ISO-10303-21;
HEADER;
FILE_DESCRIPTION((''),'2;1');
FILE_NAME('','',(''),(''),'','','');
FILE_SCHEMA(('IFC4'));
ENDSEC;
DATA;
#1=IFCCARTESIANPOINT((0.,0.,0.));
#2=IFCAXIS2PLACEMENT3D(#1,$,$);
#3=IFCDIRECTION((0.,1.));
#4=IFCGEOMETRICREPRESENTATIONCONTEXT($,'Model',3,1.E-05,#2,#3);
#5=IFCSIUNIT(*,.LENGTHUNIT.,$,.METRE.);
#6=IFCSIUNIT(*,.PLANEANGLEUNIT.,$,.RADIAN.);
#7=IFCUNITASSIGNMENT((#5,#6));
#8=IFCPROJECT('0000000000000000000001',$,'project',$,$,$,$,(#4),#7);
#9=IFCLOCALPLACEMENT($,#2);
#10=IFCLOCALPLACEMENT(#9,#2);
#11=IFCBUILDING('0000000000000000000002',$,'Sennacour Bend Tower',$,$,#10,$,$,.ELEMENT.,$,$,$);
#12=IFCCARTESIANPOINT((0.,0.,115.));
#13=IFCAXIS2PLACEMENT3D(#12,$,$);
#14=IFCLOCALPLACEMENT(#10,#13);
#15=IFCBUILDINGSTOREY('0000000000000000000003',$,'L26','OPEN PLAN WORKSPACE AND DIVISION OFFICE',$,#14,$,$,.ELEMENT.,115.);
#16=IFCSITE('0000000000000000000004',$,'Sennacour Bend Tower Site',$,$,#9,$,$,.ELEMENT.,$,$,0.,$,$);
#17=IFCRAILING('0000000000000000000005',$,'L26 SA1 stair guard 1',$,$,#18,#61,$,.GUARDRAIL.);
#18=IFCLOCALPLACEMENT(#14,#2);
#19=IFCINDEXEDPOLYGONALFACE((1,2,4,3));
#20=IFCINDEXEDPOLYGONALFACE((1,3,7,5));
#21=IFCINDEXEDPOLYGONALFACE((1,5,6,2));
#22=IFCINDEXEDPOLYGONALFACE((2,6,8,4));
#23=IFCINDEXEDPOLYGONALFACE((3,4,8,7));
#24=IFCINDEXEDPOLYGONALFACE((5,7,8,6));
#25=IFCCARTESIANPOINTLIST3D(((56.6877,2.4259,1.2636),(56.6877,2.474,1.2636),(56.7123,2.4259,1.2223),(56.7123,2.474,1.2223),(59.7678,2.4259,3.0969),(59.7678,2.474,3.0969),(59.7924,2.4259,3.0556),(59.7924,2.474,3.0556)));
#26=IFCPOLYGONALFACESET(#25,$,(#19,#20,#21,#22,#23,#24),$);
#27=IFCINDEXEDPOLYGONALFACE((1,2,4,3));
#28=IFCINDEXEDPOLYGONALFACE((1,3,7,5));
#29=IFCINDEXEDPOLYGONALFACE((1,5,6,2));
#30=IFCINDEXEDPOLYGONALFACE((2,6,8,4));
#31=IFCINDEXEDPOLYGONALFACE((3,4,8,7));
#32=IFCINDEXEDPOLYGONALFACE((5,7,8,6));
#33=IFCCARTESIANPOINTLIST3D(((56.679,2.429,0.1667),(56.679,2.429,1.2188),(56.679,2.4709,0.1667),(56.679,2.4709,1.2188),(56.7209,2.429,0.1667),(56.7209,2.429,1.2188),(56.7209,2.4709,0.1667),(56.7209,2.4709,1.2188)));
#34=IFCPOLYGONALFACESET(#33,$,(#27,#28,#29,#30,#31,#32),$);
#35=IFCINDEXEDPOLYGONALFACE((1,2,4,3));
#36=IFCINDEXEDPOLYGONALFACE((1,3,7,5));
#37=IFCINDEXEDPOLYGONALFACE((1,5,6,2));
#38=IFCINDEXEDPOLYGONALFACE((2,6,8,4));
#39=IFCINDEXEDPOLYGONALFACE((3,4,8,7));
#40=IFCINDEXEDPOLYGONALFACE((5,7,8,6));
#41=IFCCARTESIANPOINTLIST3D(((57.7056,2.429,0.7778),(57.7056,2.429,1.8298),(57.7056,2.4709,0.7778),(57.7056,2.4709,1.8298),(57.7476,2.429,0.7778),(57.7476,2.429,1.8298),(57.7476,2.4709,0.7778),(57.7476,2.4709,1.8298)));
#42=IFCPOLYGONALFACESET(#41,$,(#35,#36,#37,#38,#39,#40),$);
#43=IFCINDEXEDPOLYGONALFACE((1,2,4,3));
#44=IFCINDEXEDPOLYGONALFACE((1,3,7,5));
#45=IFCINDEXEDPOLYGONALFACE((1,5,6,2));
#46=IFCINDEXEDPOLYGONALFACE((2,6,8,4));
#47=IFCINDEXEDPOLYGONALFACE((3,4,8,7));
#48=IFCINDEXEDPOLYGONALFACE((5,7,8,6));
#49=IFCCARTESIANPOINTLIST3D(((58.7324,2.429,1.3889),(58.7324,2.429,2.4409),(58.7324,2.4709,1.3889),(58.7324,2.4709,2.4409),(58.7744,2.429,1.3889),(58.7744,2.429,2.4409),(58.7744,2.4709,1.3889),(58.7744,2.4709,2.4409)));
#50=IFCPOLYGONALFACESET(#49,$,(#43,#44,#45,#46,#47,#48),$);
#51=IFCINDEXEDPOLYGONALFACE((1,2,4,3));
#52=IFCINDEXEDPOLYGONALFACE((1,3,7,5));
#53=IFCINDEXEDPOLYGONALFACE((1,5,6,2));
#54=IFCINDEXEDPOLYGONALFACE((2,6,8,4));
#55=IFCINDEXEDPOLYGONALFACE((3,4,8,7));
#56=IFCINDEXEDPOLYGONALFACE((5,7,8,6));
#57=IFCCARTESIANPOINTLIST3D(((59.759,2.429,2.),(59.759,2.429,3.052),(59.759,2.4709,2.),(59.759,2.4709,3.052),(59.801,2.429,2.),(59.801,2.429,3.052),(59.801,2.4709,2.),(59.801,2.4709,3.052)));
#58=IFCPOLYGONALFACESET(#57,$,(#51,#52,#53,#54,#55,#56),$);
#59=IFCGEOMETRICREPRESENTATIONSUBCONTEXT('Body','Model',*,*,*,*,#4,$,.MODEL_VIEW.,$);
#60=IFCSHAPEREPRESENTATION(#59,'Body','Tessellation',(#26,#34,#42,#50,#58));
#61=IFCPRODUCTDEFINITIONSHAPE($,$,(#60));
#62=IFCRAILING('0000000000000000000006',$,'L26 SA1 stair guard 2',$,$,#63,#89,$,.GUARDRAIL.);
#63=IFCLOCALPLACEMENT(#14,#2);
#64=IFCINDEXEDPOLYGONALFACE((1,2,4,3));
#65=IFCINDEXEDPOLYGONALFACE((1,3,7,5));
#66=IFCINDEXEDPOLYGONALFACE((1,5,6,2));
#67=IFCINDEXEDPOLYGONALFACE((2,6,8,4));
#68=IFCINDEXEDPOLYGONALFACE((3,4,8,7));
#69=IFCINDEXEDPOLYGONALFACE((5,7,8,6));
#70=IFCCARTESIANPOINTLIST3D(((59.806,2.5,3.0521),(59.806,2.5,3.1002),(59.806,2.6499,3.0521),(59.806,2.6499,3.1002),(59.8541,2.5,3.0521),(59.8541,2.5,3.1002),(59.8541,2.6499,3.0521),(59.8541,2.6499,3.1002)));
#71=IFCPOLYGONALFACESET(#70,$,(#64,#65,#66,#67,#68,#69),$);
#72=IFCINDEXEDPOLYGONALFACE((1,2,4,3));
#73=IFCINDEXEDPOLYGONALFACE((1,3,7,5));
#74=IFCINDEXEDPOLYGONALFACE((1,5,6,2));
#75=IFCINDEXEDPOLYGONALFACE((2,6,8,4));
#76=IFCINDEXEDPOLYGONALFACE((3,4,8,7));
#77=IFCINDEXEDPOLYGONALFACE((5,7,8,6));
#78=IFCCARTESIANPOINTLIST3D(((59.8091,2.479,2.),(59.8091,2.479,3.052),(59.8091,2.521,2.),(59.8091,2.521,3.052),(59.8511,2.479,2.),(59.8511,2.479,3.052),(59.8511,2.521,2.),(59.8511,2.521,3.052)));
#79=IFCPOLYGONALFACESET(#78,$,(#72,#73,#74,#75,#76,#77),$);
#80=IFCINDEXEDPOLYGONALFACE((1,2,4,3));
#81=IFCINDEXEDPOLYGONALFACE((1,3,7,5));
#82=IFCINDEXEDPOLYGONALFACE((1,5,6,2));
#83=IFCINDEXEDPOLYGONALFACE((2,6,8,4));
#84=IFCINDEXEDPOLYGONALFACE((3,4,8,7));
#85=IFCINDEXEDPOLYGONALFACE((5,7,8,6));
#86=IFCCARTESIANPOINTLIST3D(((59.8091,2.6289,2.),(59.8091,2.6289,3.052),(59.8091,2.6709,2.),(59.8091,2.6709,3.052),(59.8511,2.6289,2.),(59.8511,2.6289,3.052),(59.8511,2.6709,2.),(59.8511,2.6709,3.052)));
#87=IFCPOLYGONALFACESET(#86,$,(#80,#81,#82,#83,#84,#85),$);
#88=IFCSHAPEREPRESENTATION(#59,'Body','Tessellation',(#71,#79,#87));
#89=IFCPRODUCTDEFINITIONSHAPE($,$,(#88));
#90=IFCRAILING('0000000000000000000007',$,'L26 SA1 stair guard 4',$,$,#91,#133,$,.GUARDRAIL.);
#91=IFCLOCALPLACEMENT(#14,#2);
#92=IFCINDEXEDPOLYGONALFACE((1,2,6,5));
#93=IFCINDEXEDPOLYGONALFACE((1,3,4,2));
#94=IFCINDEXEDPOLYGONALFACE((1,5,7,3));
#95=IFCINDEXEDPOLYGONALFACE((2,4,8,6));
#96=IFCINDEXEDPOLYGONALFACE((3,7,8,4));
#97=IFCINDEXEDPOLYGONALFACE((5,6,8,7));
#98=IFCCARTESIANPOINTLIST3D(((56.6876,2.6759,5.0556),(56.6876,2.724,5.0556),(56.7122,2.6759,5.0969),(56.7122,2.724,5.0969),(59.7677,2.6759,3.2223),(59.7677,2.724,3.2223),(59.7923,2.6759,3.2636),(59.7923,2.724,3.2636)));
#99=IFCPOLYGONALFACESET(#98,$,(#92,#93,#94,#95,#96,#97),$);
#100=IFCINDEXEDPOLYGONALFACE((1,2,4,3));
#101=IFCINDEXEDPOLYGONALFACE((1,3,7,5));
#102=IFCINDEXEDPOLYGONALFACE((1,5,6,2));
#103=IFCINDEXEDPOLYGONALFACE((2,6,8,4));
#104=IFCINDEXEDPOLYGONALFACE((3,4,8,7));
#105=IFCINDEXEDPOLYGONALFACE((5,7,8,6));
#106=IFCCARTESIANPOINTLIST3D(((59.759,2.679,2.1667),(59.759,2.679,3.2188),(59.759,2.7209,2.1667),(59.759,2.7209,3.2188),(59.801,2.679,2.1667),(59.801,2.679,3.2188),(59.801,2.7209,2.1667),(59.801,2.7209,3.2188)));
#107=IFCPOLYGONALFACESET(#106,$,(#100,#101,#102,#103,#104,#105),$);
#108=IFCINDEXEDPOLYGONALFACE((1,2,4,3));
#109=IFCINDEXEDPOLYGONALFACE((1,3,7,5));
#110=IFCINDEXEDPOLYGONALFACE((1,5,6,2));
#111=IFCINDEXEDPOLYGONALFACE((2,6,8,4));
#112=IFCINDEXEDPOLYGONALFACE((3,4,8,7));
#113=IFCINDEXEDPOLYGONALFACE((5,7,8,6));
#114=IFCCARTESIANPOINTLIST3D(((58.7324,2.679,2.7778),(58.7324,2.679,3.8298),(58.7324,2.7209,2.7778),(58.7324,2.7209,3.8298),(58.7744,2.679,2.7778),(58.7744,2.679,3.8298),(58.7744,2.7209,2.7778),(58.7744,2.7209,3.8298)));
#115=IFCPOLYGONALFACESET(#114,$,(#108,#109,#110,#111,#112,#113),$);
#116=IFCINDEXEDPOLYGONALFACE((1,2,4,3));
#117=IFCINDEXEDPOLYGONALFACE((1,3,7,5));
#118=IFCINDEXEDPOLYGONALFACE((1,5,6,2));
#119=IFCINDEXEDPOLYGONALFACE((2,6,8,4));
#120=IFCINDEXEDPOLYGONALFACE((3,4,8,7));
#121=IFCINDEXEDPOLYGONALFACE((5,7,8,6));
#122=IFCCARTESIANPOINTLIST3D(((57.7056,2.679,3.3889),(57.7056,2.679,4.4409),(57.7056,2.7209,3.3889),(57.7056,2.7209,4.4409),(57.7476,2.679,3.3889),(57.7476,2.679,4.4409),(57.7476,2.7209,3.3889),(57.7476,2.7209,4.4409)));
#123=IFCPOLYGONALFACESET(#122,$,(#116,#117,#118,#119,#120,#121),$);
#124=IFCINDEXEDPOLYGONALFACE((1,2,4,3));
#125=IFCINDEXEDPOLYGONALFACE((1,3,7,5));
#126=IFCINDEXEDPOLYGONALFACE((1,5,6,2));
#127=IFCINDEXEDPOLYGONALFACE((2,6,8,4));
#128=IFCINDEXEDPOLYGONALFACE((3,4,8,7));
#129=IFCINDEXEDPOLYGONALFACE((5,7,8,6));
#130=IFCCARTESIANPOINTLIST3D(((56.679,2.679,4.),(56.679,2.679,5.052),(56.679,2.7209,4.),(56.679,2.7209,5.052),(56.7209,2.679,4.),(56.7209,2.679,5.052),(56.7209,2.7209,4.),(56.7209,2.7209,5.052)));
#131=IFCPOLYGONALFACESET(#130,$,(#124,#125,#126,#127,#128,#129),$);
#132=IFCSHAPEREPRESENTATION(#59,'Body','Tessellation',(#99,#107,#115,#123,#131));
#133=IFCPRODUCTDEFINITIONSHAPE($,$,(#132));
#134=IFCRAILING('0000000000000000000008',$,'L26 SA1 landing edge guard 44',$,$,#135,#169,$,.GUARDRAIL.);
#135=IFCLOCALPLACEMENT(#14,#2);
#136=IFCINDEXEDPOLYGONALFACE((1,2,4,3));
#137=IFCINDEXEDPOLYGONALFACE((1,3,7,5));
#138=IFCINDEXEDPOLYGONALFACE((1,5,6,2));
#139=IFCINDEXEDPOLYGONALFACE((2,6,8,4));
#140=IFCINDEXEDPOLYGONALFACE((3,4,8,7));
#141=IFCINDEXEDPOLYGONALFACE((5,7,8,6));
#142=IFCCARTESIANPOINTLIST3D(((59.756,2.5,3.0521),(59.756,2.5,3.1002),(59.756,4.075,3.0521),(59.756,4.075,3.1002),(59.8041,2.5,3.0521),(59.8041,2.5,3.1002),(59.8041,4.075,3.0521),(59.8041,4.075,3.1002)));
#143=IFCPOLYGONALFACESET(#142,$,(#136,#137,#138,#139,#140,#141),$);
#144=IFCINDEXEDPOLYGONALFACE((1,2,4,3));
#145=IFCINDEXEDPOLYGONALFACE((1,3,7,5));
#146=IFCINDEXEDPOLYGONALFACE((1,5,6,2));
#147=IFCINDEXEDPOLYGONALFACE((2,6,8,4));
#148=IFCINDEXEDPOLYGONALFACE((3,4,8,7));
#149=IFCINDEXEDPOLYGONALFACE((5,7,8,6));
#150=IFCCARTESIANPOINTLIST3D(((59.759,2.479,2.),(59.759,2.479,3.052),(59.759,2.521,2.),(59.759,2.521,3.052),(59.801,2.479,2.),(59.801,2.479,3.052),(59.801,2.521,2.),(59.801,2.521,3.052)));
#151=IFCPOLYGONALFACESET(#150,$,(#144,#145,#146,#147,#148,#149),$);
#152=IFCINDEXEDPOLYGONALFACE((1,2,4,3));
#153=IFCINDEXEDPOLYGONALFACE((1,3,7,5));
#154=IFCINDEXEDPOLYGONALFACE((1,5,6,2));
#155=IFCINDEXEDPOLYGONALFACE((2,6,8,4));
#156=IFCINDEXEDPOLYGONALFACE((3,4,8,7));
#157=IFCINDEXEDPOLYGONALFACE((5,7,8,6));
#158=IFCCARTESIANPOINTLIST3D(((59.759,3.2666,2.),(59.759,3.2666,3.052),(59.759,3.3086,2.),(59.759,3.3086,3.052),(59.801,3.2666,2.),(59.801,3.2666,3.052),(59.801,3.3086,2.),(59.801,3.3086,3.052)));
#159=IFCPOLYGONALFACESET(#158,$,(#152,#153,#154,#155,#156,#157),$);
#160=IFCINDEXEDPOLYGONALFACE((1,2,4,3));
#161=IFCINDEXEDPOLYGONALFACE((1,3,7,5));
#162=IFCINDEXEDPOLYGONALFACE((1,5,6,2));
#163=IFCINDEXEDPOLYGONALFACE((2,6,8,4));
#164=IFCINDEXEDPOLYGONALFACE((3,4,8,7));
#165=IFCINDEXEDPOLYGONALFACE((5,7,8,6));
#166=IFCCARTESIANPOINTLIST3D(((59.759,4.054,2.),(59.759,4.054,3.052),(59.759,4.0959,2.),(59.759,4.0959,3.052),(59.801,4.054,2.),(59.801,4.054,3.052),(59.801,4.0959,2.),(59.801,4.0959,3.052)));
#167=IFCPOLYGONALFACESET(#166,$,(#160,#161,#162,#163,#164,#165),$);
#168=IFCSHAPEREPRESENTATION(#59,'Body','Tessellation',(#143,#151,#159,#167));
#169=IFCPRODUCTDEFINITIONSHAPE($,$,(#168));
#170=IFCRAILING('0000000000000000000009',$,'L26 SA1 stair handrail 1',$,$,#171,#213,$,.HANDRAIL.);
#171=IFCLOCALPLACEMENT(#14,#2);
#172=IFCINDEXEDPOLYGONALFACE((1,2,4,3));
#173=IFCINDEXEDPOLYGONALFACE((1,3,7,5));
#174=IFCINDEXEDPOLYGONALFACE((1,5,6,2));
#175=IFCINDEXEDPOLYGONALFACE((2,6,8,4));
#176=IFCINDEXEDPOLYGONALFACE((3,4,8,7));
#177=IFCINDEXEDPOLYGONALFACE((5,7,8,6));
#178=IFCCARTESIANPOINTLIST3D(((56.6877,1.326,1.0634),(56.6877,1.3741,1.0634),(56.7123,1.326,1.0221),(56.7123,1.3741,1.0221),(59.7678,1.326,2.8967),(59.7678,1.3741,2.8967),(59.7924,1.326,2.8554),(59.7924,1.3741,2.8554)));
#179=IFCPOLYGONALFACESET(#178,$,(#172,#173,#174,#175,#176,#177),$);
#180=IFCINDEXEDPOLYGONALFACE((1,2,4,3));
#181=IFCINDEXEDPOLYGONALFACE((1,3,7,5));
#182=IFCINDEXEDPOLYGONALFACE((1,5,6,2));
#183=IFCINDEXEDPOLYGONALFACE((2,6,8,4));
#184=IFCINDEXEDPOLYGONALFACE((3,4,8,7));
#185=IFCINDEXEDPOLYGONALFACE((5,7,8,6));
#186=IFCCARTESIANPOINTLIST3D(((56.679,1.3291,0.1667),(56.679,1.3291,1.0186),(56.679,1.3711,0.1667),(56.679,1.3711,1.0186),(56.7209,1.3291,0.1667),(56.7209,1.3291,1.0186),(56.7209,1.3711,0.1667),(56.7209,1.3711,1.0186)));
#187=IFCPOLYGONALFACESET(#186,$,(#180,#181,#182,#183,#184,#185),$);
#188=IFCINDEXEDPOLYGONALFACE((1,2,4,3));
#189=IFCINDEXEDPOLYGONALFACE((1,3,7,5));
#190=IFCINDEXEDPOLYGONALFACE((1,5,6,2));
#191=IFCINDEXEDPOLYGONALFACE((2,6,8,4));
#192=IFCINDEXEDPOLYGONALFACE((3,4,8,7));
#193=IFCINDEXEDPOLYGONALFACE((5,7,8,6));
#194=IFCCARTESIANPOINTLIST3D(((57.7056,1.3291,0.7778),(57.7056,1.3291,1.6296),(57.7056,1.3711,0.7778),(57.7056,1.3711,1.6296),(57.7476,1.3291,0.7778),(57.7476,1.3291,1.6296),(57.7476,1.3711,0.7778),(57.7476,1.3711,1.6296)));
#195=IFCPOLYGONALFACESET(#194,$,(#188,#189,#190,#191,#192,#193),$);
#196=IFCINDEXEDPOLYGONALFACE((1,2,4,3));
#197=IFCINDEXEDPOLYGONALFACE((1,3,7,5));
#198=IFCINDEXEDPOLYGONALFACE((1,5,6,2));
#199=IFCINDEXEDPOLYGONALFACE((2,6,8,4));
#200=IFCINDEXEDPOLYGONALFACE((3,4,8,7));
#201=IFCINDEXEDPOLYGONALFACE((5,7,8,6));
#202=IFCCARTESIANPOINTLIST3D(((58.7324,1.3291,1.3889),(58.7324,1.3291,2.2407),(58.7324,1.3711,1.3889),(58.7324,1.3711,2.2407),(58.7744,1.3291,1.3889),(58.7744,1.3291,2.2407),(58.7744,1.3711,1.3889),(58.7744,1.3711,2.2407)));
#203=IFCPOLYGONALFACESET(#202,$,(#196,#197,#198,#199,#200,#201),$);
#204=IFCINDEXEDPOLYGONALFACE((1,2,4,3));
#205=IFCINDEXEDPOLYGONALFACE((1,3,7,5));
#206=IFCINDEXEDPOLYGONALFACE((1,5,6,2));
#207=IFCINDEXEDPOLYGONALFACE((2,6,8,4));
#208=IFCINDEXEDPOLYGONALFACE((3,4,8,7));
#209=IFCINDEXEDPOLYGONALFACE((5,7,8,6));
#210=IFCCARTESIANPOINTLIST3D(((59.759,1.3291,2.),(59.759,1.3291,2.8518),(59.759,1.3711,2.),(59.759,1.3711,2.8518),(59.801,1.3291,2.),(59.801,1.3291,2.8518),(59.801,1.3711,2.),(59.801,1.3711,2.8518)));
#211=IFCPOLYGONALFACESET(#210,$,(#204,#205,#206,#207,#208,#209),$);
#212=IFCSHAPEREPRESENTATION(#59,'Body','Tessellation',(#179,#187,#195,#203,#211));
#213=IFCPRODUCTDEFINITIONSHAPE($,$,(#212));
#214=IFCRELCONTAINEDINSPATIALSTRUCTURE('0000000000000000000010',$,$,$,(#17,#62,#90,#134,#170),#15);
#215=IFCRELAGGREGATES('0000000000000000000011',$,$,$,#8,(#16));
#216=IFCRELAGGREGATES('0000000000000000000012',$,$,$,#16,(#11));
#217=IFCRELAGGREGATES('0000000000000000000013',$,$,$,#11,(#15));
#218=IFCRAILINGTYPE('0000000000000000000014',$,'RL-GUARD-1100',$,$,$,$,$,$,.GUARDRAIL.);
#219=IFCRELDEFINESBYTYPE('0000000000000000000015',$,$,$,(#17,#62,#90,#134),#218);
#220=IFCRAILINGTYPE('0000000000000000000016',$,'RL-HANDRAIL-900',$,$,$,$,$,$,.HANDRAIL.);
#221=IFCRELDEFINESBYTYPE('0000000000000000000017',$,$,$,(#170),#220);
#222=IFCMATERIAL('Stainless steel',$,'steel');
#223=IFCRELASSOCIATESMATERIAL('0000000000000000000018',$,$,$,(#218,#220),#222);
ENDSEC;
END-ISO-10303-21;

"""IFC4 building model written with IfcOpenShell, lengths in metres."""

from ifc_helpers import new_model, si_unit, direction, frame, origin, origin_2d, place, context, subcontext, project, spatial, rectangle, extrude, material, type_object, element, save


model = new_model("IFC4")

# Units and contexts
model_context = context("Model", 3, precision=1e-05, world=origin(), true_north=direction((0.0, 1.0)))
body_context = subcontext(model_context, "Body", "Model", "MODEL_VIEW")
ifc_project = project(units=[si_unit("LENGTHUNIT", "METRE"), si_unit("PLANEANGLEUNIT", "RADIAN")], contexts=[model_context])

# Site, building, storey
site_placement = place(None, origin())
site = spatial("IfcSite", under=ifc_project, at=site_placement, Name="Sennacour Bend Tower Site", CompositionType="ELEMENT", RefElevation=0.0)
building_placement = place(site_placement, origin())
building = spatial("IfcBuilding", under=site, at=building_placement, Name="Sennacour Bend Tower", CompositionType="ELEMENT")
storey_placement = place(building_placement, frame((0.0, 0.0, 115.0)))
storey = spatial("IfcBuildingStorey", under=building, at=storey_placement, Name="L26", Description="OPEN PLAN WORKSPACE AND DIVISION OFFICE", CompositionType="ELEMENT", Elevation=115.0)

# Shared definitions
ifc_material_1 = material(Name="Stainless steel", Category="steel")

# Railings
railing_type_1 = type_object("IfcRailingType", Name="RL-GUARD-1100", PredefinedType="GUARDRAIL", material=ifc_material_1)
railing_1_placement = place(storey_placement, frame((56.7, 2.45, 0.1667)))
element("IfcRailing", 1, at=railing_1_placement, inside=storey, type_object=railing_type_1, Name="L26 SA1 stair guard 1", PredefinedType="GUARDRAIL", context=body_context, shape_type="SweptSolid", body=[
    extrude(rectangle(XDim=0.0481, YDim=0.0481, at=origin_2d()), frame((0.0, 0.0, 1.0762), z_axis=(0.859309, 0.0, 0.511458), x_axis=(0.0, 1.0, 0.0)), (0.0, 0.0, 1.0), 3.5845),
    extrude(rectangle(XDim=0.042, YDim=0.042, at=origin_2d()), origin(), (0.0, 0.0, 1.0), 1.052),
    extrude(rectangle(XDim=0.042, YDim=0.042, at=origin_2d()), frame((1.0266, 0.0, 0.6111)), (0.0, 0.0, 1.0), 1.052),
    extrude(rectangle(XDim=0.042, YDim=0.042, at=origin_2d()), frame((2.0535, 0.0, 1.2222)), (0.0, 0.0, 1.0), 1.052),
    extrude(rectangle(XDim=0.042, YDim=0.042, at=origin_2d()), frame((3.0801, 0.0, 1.8333)), (0.0, 0.0, 1.0), 1.052),
])
railing_2_placement = place(storey_placement, frame((59.8301, 2.5, 2.0)))
element("IfcRailing", 2, at=railing_2_placement, inside=storey, type_object=railing_type_1, Name="L26 SA1 stair guard 2", PredefinedType="GUARDRAIL", context=body_context, shape_type="SweptSolid", body=[
    extrude(rectangle(XDim=0.0481, YDim=0.0481, at=origin_2d()), frame((0.0, 0.0, 1.0762), z_axis=(0.0, 1.0, 0.0), x_axis=(-1.0, 0.0, 0.0)), (0.0, 0.0, 1.0), 0.1499),
    extrude(rectangle(XDim=0.042, YDim=0.042, at=origin_2d()), origin(), (0.0, 0.0, 1.0), 1.052),
    extrude(rectangle(XDim=0.042, YDim=0.042, at=origin_2d()), frame((0.0, 0.1499, 0.0)), (0.0, 0.0, 1.0), 1.052),
])
railing_3_placement = place(storey_placement, frame((59.78, 2.7, 2.1667)))
element("IfcRailing", 3, at=railing_3_placement, inside=storey, type_object=railing_type_1, Name="L26 SA1 stair guard 4", PredefinedType="GUARDRAIL", context=body_context, shape_type="SweptSolid", body=[
    extrude(rectangle(XDim=0.0481, YDim=0.0481, at=origin_2d()), frame((0.0, 0.0, 1.0762), z_axis=(-0.859309, 0.0, 0.511458), x_axis=(0.0, -1.0, 0.0)), (0.0, 0.0, 1.0), 3.5845),
    extrude(rectangle(XDim=0.042, YDim=0.042, at=origin_2d()), origin(), (0.0, 0.0, 1.0), 1.052),
    extrude(rectangle(XDim=0.042, YDim=0.042, at=origin_2d()), frame((-1.0266, 0.0, 0.6111)), (0.0, 0.0, 1.0), 1.052),
    extrude(rectangle(XDim=0.042, YDim=0.042, at=origin_2d()), frame((-2.0535, 0.0, 1.2222)), (0.0, 0.0, 1.0), 1.052),
    extrude(rectangle(XDim=0.042, YDim=0.042, at=origin_2d()), frame((-3.0801, 0.0, 1.8333)), (0.0, 0.0, 1.0), 1.052),
])
railing_4_placement = place(storey_placement, frame((59.78, 2.5, 2.0)))
element("IfcRailing", 4, at=railing_4_placement, inside=storey, type_object=railing_type_1, Name="L26 SA1 landing edge guard 44", PredefinedType="GUARDRAIL", context=body_context, shape_type="SweptSolid", body=[
    extrude(rectangle(XDim=0.0481, YDim=0.0481, at=origin_2d()), frame((0.0, 0.0, 1.0762), z_axis=(0.0, 1.0, 0.0), x_axis=(-1.0, 0.0, 0.0)), (0.0, 0.0, 1.0), 1.575),
    extrude(rectangle(XDim=0.042, YDim=0.042, at=origin_2d()), origin(), (0.0, 0.0, 1.0), 1.052),
    extrude(rectangle(XDim=0.042, YDim=0.042, at=origin_2d()), frame((0.0, 0.7876, 0.0)), (0.0, 0.0, 1.0), 1.052),
    extrude(rectangle(XDim=0.042, YDim=0.042, at=origin_2d()), frame((0.0, 1.575, 0.0)), (0.0, 0.0, 1.0), 1.052),
])
railing_type_2 = type_object("IfcRailingType", Name="RL-HANDRAIL-900", PredefinedType="HANDRAIL", material=ifc_material_1)
railing_5_placement = place(storey_placement, frame((56.7, 1.3501, 0.1667)))
element("IfcRailing", 5, at=railing_5_placement, inside=storey, type_object=railing_type_2, Name="L26 SA1 stair handrail 1", PredefinedType="HANDRAIL", context=body_context, shape_type="SweptSolid", body=[
    extrude(rectangle(XDim=0.0481, YDim=0.0481, at=origin_2d()), frame((0.0, 0.0, 0.876), z_axis=(0.859309, 0.0, 0.511458), x_axis=(0.0, 1.0, 0.0)), (0.0, 0.0, 1.0), 3.5845),
    extrude(rectangle(XDim=0.042, YDim=0.042, at=origin_2d()), origin(), (0.0, 0.0, 1.0), 0.8518),
    extrude(rectangle(XDim=0.042, YDim=0.042, at=origin_2d()), frame((1.0266, 0.0, 0.6111)), (0.0, 0.0, 1.0), 0.8518),
    extrude(rectangle(XDim=0.042, YDim=0.042, at=origin_2d()), frame((2.0535, 0.0, 1.2222)), (0.0, 0.0, 1.0), 0.8518),
    extrude(rectangle(XDim=0.042, YDim=0.042, at=origin_2d()), frame((3.0801, 0.0, 1.8333)), (0.0, 0.0, 1.0), 0.8518),
])

save(model, "model.ifc")
